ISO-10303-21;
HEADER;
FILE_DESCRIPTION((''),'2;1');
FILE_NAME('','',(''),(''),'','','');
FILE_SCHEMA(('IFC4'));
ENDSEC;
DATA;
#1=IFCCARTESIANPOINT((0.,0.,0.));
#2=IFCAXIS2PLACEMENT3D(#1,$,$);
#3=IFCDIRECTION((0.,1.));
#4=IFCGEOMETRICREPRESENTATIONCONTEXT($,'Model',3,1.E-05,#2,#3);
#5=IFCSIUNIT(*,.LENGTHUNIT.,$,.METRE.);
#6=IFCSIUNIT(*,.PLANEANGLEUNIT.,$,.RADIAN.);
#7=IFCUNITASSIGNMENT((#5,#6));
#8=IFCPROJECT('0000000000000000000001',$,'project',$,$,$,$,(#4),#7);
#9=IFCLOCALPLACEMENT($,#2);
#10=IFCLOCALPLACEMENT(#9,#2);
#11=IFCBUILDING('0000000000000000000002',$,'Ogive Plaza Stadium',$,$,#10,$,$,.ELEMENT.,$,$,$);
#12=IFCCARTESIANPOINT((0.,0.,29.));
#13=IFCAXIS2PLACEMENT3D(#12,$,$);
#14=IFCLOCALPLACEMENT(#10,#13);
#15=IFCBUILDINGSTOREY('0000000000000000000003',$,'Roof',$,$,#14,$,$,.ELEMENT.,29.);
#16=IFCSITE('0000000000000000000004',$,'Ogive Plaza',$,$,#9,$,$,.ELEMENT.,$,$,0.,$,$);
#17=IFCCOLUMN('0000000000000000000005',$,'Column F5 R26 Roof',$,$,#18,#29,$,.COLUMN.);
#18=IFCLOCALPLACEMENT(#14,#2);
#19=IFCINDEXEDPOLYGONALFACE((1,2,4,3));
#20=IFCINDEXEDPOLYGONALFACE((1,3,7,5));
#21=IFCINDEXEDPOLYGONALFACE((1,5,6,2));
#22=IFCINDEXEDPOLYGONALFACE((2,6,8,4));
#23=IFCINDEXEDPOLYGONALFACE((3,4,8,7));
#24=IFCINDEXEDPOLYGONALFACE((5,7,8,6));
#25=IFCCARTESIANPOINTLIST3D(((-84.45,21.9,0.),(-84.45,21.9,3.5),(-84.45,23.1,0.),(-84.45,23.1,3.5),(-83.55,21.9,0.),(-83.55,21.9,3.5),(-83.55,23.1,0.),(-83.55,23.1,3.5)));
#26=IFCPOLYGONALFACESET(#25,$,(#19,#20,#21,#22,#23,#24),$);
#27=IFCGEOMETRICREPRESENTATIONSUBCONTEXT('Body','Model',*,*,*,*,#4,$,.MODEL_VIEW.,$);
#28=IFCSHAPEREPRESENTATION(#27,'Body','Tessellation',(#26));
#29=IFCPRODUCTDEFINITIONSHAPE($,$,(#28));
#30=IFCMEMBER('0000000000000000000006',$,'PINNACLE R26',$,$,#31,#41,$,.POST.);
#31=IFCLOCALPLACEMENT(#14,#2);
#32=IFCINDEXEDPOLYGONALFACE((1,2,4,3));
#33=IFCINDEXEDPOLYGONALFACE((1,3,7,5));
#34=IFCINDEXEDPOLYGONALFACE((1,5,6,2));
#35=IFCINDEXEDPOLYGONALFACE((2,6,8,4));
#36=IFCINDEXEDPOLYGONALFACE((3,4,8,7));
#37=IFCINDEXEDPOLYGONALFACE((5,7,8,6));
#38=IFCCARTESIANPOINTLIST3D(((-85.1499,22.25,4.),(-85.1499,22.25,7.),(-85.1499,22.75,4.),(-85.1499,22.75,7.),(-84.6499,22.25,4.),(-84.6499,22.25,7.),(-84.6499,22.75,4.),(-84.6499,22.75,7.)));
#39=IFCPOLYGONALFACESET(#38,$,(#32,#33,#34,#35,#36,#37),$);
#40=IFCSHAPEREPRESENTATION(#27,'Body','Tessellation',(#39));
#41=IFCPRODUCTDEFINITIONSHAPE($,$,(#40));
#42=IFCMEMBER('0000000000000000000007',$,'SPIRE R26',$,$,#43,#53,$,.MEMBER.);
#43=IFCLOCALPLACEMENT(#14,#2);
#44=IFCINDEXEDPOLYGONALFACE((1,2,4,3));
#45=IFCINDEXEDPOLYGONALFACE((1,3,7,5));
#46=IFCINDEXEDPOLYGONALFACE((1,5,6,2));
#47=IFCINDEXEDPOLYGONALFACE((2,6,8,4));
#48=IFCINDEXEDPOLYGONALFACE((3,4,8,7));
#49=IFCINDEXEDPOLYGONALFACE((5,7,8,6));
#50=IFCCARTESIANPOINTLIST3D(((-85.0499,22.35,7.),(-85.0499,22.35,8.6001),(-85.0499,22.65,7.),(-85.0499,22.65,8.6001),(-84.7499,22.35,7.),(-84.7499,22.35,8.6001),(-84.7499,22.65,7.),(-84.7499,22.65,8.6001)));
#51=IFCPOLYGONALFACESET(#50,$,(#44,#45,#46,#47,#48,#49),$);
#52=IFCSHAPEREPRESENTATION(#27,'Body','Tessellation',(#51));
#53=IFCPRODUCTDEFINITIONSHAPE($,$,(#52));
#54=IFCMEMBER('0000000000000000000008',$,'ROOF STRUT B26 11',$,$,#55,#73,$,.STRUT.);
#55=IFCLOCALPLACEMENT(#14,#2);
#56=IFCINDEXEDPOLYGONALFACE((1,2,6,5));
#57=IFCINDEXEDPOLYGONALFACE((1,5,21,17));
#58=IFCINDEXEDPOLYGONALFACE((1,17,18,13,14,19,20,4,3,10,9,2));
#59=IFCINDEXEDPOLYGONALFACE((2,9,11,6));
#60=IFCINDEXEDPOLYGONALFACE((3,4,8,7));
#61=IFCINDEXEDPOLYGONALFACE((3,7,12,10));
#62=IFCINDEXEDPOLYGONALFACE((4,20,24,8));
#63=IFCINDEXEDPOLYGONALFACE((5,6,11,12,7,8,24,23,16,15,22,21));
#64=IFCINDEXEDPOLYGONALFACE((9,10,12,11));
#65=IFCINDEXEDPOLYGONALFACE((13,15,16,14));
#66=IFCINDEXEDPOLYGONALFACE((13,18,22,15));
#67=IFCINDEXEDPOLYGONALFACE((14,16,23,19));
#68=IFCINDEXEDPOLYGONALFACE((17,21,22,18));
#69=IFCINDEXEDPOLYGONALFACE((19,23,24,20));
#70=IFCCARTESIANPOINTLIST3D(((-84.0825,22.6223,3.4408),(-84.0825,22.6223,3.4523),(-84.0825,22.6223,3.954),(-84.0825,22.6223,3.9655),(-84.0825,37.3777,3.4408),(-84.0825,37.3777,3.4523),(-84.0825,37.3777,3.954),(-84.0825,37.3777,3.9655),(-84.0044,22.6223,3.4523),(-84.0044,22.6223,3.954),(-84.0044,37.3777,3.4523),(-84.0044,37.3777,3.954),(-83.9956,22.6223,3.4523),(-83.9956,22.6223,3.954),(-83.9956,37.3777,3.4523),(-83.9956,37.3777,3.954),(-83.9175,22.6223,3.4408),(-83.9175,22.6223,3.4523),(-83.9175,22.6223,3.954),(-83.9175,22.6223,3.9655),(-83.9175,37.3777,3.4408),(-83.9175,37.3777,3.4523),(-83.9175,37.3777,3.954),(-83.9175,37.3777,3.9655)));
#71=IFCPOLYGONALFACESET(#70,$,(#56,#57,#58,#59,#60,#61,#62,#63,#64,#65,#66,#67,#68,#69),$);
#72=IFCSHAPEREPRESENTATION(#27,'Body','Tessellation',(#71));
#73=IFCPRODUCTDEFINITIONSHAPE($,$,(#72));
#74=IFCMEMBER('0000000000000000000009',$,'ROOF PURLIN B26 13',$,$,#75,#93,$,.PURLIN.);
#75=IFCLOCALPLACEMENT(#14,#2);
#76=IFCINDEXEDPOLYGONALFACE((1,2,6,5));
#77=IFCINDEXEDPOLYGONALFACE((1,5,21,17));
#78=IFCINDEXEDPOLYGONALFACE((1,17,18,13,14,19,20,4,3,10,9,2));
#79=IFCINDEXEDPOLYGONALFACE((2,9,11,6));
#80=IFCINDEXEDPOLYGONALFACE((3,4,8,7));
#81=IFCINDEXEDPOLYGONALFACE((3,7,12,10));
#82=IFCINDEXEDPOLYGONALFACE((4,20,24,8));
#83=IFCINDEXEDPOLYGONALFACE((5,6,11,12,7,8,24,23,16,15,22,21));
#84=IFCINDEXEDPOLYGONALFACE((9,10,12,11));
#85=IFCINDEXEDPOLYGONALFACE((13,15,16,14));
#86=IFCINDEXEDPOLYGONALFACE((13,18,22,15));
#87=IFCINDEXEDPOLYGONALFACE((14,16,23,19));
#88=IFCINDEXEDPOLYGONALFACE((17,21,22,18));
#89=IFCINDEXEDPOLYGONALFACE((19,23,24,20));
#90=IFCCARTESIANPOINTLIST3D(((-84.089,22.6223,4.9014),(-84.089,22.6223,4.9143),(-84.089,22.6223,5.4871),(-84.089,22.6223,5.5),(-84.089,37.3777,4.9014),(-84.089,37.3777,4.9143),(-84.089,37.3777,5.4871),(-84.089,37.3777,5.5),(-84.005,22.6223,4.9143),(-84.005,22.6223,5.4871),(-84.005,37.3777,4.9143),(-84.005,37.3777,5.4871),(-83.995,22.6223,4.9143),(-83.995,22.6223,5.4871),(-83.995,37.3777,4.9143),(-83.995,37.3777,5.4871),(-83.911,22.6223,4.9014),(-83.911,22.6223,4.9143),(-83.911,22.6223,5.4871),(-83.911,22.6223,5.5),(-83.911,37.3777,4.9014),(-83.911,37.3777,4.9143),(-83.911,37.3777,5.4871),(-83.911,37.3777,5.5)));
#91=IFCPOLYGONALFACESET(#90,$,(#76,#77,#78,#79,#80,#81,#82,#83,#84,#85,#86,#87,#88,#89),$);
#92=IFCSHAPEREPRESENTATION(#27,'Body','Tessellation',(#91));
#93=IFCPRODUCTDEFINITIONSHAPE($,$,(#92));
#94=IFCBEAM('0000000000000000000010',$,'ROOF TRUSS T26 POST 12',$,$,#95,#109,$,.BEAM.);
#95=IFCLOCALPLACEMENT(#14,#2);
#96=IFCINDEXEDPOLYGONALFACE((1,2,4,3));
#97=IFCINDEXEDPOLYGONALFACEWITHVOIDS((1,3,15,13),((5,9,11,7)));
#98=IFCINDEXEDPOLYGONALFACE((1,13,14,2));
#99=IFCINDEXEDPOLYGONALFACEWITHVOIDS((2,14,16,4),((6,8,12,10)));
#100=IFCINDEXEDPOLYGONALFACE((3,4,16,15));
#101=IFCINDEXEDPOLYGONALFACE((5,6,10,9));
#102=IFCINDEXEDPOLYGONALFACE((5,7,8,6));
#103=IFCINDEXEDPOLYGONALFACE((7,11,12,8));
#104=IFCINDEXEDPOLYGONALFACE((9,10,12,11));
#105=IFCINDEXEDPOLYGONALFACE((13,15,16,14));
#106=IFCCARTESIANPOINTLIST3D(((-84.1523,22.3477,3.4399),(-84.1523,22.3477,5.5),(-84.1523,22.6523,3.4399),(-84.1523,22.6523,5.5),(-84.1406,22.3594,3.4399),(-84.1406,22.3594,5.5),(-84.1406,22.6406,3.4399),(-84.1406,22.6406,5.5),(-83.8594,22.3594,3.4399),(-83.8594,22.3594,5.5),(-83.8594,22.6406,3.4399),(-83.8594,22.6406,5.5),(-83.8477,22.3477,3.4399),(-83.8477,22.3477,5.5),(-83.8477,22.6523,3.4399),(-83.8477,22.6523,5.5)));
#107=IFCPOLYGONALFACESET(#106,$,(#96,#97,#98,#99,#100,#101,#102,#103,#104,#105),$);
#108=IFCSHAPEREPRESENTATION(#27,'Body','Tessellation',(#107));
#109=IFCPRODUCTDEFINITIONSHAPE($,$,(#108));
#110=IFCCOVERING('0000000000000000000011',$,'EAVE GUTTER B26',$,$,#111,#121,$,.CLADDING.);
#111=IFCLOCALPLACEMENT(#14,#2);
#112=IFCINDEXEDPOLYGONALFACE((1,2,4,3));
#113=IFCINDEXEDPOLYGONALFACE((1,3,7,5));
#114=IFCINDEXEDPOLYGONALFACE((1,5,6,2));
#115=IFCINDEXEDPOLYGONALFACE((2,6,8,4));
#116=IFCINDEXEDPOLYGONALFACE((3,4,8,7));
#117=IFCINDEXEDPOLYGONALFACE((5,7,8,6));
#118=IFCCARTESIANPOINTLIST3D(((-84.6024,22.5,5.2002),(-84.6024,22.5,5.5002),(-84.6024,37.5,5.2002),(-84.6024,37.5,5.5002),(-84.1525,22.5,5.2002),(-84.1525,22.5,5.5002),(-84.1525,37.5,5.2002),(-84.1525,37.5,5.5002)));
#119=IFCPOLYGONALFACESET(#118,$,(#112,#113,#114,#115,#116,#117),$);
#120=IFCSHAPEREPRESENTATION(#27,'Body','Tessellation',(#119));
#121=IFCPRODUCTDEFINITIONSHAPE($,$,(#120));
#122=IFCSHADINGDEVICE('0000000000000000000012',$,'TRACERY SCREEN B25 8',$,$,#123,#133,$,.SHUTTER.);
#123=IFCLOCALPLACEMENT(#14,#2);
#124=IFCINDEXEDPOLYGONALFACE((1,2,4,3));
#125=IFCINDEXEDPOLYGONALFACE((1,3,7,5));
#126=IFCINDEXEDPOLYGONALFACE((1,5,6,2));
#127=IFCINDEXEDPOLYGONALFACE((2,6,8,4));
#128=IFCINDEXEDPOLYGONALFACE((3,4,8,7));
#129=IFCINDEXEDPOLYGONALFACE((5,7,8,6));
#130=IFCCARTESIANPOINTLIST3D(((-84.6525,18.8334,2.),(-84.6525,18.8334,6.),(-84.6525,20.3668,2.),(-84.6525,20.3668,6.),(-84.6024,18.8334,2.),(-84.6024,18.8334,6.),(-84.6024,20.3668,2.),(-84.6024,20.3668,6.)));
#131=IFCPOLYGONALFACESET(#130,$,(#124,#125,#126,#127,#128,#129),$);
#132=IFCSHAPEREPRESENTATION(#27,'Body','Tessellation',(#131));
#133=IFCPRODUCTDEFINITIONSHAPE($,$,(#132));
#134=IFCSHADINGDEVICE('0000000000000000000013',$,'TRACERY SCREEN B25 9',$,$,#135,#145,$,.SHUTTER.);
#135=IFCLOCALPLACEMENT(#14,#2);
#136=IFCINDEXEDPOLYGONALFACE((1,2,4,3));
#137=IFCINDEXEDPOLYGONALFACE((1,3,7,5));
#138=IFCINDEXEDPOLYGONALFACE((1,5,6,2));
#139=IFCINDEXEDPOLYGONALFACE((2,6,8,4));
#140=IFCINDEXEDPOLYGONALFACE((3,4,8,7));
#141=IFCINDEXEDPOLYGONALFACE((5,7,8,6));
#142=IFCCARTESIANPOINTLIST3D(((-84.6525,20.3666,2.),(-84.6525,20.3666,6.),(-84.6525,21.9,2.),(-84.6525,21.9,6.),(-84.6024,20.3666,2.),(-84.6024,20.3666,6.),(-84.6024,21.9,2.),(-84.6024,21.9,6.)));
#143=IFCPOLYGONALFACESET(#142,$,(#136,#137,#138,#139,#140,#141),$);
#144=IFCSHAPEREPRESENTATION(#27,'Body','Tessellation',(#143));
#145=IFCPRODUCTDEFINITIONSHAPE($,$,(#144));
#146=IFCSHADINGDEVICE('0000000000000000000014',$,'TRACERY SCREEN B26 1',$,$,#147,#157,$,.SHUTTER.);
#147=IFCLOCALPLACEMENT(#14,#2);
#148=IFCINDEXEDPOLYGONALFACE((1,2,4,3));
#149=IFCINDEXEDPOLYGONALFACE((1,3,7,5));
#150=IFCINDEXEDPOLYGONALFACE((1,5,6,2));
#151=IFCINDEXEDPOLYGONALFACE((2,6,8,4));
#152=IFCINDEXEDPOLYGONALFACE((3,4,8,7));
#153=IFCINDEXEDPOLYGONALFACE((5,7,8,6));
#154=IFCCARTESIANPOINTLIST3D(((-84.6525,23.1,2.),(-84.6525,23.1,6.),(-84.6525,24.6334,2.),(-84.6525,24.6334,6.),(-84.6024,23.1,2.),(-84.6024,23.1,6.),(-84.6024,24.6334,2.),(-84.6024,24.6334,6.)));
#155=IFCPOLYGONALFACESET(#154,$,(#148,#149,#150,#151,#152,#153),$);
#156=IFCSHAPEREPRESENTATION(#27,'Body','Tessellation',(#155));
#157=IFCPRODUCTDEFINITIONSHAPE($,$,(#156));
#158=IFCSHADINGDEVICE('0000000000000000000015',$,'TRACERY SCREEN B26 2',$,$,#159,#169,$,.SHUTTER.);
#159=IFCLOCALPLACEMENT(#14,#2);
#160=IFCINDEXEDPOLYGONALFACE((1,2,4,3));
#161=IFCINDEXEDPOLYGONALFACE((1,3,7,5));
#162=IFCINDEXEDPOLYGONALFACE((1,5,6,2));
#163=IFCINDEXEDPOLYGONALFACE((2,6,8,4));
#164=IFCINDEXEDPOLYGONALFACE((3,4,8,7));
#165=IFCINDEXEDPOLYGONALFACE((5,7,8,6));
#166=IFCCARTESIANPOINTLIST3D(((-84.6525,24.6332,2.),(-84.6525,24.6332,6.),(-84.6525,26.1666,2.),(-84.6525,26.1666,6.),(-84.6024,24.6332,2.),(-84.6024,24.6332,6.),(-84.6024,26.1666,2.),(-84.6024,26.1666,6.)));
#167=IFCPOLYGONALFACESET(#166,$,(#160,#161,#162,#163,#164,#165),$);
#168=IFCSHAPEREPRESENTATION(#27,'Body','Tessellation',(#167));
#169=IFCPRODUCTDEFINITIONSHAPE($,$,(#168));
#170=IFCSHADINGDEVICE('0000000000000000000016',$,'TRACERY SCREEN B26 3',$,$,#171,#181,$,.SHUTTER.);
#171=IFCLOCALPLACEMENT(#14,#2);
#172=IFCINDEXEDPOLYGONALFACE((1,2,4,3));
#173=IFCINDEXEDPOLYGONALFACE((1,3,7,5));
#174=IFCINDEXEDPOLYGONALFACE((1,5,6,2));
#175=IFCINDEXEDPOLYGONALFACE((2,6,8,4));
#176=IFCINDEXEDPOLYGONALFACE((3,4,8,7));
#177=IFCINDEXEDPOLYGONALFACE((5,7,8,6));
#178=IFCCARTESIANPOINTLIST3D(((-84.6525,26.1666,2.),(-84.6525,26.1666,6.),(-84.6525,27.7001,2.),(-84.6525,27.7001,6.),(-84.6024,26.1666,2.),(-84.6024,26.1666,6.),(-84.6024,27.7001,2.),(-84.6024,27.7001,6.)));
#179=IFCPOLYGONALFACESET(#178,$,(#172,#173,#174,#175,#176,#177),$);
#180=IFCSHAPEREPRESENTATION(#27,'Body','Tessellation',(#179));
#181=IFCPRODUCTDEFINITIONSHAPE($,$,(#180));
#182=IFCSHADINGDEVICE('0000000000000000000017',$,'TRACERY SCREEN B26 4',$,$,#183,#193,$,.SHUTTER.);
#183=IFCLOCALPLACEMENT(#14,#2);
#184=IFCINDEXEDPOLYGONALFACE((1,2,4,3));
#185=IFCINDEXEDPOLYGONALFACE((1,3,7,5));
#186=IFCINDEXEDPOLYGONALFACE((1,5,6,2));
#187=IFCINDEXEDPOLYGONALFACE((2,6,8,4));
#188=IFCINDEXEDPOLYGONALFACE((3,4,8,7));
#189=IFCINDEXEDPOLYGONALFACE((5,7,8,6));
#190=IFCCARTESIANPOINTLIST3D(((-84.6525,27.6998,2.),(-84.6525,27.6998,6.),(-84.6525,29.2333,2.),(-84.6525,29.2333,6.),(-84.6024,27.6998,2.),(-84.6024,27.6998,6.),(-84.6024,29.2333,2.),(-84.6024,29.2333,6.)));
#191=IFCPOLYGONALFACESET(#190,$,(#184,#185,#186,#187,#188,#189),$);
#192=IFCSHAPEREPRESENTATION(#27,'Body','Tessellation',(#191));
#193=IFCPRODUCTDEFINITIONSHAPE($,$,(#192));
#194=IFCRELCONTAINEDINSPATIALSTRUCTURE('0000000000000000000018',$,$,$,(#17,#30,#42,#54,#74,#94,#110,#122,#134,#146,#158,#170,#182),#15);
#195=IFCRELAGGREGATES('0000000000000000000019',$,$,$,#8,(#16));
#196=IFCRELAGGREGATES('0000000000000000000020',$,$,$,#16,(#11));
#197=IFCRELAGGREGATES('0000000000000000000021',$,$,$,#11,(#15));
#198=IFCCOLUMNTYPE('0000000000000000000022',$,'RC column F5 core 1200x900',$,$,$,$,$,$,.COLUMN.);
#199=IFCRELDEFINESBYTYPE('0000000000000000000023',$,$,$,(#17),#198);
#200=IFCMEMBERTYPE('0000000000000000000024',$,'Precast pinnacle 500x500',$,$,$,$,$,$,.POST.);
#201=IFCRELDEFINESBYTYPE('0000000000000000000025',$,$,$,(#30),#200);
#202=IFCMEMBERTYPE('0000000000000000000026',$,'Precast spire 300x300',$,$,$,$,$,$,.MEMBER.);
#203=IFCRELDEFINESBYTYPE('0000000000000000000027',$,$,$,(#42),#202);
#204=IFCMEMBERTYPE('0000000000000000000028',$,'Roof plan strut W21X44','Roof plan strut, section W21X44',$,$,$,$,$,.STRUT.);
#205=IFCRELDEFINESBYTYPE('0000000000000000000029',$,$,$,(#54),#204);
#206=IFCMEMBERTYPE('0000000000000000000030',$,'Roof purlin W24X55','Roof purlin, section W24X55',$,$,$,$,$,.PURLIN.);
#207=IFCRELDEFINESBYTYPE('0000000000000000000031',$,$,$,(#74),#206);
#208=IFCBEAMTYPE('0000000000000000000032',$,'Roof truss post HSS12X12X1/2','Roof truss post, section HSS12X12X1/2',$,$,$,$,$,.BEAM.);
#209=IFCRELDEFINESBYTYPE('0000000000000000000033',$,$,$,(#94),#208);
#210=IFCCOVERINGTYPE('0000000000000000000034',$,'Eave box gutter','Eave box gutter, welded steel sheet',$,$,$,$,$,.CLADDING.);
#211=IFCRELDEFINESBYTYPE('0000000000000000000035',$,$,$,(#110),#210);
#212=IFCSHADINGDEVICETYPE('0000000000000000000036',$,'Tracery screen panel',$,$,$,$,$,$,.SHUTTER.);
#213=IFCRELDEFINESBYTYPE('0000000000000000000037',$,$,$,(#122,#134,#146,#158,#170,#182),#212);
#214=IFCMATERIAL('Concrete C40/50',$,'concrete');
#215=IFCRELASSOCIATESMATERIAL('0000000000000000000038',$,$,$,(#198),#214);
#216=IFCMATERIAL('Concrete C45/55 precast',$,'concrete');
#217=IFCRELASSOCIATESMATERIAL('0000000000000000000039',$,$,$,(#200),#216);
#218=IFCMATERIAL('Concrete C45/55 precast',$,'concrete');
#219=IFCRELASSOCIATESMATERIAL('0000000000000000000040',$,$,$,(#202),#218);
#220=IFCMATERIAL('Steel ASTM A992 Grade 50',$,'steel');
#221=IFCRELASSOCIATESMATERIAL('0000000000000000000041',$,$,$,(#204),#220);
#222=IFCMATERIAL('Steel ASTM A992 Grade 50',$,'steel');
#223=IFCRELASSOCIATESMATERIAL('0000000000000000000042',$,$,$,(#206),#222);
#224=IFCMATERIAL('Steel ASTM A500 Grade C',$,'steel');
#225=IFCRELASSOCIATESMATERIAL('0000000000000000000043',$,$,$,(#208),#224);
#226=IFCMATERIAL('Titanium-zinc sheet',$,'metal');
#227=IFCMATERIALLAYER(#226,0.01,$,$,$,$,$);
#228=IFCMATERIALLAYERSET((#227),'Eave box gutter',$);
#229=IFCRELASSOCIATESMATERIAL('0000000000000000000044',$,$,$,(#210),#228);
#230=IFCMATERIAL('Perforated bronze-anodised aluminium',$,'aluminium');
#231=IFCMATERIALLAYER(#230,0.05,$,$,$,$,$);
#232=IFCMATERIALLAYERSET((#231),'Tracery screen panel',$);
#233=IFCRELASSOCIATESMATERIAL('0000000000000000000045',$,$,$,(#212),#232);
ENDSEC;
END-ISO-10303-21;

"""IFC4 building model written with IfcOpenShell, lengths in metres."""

from ifc_helpers import new_model, si_unit, direction, frame, origin, origin_2d, place, context, subcontext, project, spatial, rectangle, hollow_rectangle, i_section, extrude, material, layer, layer_set, material_profile, profile_set, type_object, element, save


model = new_model("IFC4")

# Units and contexts
model_context = context("Model", 3, precision=1e-05, world=origin(), true_north=direction((0.0, 1.0)))
body_context = subcontext(model_context, "Body", "Model", "MODEL_VIEW")
ifc_project = project(units=[si_unit("LENGTHUNIT", "METRE"), si_unit("PLANEANGLEUNIT", "RADIAN")], contexts=[model_context])

# Site, building, storey
site_placement = place(None, origin())
site = spatial("IfcSite", under=ifc_project, at=site_placement, Name="Ogive Plaza", CompositionType="ELEMENT", RefElevation=0.0)
building_placement = place(site_placement, origin())
building = spatial("IfcBuilding", under=site, at=building_placement, Name="Ogive Plaza Stadium", CompositionType="ELEMENT")
storey_placement = place(building_placement, frame((0.0, 0.0, 29.0)))
storey = spatial("IfcBuildingStorey", under=building, at=storey_placement, Name="Roof", CompositionType="ELEMENT", Elevation=29.0)

# Column
ifc_material_1 = material(Name="Concrete C40/50", Category="concrete")
ifc_material_profile_1 = material_profile(ifc_material_1, rectangle(XDim=1.2, YDim=0.8999, at=origin_2d()), Name="RC 1200x900")
ifc_profile_set_1 = profile_set([ifc_material_profile_1], Name="Concrete C40/50")
column_type = type_object("IfcColumnType", Name="RC column F5 core 1200x900", PredefinedType="COLUMN", material=ifc_profile_set_1)
column_placement = place(storey_placement, frame((-84.0, 22.5, 0.0), z_axis=(0.0, 0.0, 1.0), x_axis=(0.0, -1.0, 0.0)))
element("IfcColumn", 1, at=column_placement, inside=storey, type_object=column_type, Name="Column F5 R26 Roof", PredefinedType="COLUMN", context=body_context, shape_type="SweptSolid", body=[
    extrude(rectangle(XDim=1.2, YDim=0.8999, at=origin_2d()), origin(), (0.0, 0.0, 1.0), 3.5),
])

# Members
ifc_material_2 = material(Name="Concrete C45/55 precast", Category="concrete")
ifc_material_profile_2 = material_profile(ifc_material_2, rectangle(XDim=0.5, YDim=0.5, at=origin_2d()), Name="RC 500x500")
ifc_profile_set_2 = profile_set([ifc_material_profile_2], Name="Concrete C45/55 precast")
member_type_1 = type_object("IfcMemberType", Name="Precast pinnacle 500x500", PredefinedType="POST", material=ifc_profile_set_2)
member_1_placement = place(storey_placement, frame((-84.8999, 22.5, 4.0), z_axis=(0.0, 0.0, 1.0), x_axis=(0.0, -1.0, 0.0)))
element("IfcMember", 2, at=member_1_placement, inside=storey, type_object=member_type_1, Name="PINNACLE R26", PredefinedType="POST", context=body_context, shape_type="SweptSolid", body=[
    extrude(rectangle(XDim=0.5, YDim=0.5, at=origin_2d()), origin(), (0.0, 0.0, 1.0), 3.0),
])
ifc_material_3 = material(Name="Concrete C45/55 precast", Category="concrete")
ifc_material_profile_3 = material_profile(ifc_material_3, rectangle(XDim=0.3, YDim=0.3, at=origin_2d()), Name="RC 300x300")
ifc_profile_set_3 = profile_set([ifc_material_profile_3], Name="Concrete C45/55 precast")
member_type_2 = type_object("IfcMemberType", Name="Precast spire 300x300", PredefinedType="MEMBER", material=ifc_profile_set_3)
member_2_placement = place(storey_placement, frame((-84.8999, 22.5, 7.0), z_axis=(0.0, 0.0, 1.0), x_axis=(0.0, -1.0, 0.0)))
element("IfcMember", 3, at=member_2_placement, inside=storey, type_object=member_type_2, Name="SPIRE R26", PredefinedType="MEMBER", context=body_context, shape_type="SweptSolid", body=[
    extrude(rectangle(XDim=0.3, YDim=0.3, at=origin_2d()), origin(), (0.0, 0.0, 1.0), 1.6001),
])
ifc_material_4 = material(Name="Steel ASTM A992 Grade 50", Category="steel")
ifc_material_profile_4 = material_profile(ifc_material_4, i_section(OverallWidth=0.165, OverallDepth=0.5247, WebThickness=0.0088, FlangeThickness=0.0115, at=origin_2d()), Name="W21X44")
ifc_profile_set_4 = profile_set([ifc_material_profile_4], Name="Steel ASTM A992 Grade 50")
member_type_3 = type_object("IfcMemberType", Name="Roof plan strut W21X44", Description="Roof plan strut, section W21X44", PredefinedType="STRUT", material=ifc_profile_set_4)
member_3_placement = place(storey_placement, frame((-84.0, 22.6223, 3.7031), z_axis=(0.0, 1.0, 0.0), x_axis=(-1.0, 0.0, 0.0)))
element("IfcMember", 4, at=member_3_placement, inside=storey, type_object=member_type_3, Name="ROOF STRUT B26 11", PredefinedType="STRUT", context=body_context, shape_type="SweptSolid", body=[
    extrude(i_section(OverallWidth=0.165, OverallDepth=0.5247, WebThickness=0.0088, FlangeThickness=0.0115, at=origin_2d()), origin(), (0.0, 0.0, 1.0), 14.7554),
])
ifc_material_5 = material(Name="Steel ASTM A992 Grade 50", Category="steel")
ifc_material_profile_5 = material_profile(ifc_material_5, i_section(OverallWidth=0.178, OverallDepth=0.5986, WebThickness=0.01, FlangeThickness=0.0129, at=origin_2d()), Name="W24X55")
ifc_profile_set_5 = profile_set([ifc_material_profile_5], Name="Steel ASTM A992 Grade 50")
member_type_4 = type_object("IfcMemberType", Name="Roof purlin W24X55", Description="Roof purlin, section W24X55", PredefinedType="PURLIN", material=ifc_profile_set_5)
member_4_placement = place(storey_placement, frame((-84.0, 22.6223, 5.2007), z_axis=(0.0, 1.0, 0.0), x_axis=(-1.0, 0.0, 0.0)))
element("IfcMember", 5, at=member_4_placement, inside=storey, type_object=member_type_4, Name="ROOF PURLIN B26 13", PredefinedType="PURLIN", context=body_context, shape_type="SweptSolid", body=[
    extrude(i_section(OverallWidth=0.178, OverallDepth=0.5986, WebThickness=0.01, FlangeThickness=0.0129, at=origin_2d()), origin(), (0.0, 0.0, 1.0), 14.7554),
])

# Beam
ifc_material_6 = material(Name="Steel ASTM A500 Grade C", Category="steel")
ifc_material_profile_6 = material_profile(ifc_material_6, hollow_rectangle(XDim=0.3047, YDim=0.3047, WallThickness=0.0117, at=origin_2d()), Name="HSS12X12X1/2")
ifc_profile_set_6 = profile_set([ifc_material_profile_6], Name="Steel ASTM A500 Grade C")
beam_type = type_object("IfcBeamType", Name="Roof truss post HSS12X12X1/2", Description="Roof truss post, section HSS12X12X1/2", PredefinedType="BEAM", material=ifc_profile_set_6)
beam_placement = place(storey_placement, frame((-84.0, 22.5, 3.4399), z_axis=(0.0, 0.0, 1.0), x_axis=(0.0, -1.0, 0.0)))
element("IfcBeam", 6, at=beam_placement, inside=storey, type_object=beam_type, Name="ROOF TRUSS T26 POST 12", PredefinedType="BEAM", context=body_context, shape_type="SweptSolid", body=[
    extrude(hollow_rectangle(XDim=0.3047, YDim=0.3047, WallThickness=0.0117, at=origin_2d()), origin(), (0.0, 0.0, 1.0), 2.0601),
])

# Covering
ifc_material_7 = material(Name="Titanium-zinc sheet", Category="metal")
ifc_layer_1 = layer(ifc_material_7, 0.01)
ifc_layer_set_1 = layer_set([ifc_layer_1], Name="Eave box gutter")
covering_type = type_object("IfcCoveringType", Name="Eave box gutter", Description="Eave box gutter, welded steel sheet", PredefinedType="CLADDING", material=ifc_layer_set_1)
covering_placement = place(storey_placement, frame((-84.3774, 30.0, 5.2002), z_axis=(0.0, 0.0, 1.0), x_axis=(0.0, 1.0, 0.0)))
element("IfcCovering", 7, at=covering_placement, inside=storey, type_object=covering_type, Name="EAVE GUTTER B26", PredefinedType="CLADDING", context=body_context, shape_type="SweptSolid", body=[
    extrude(rectangle(XDim=15.0, YDim=0.45, at=origin_2d()), origin(), (0.0, 0.0, 1.0), 0.3),
])

# Shading devices
ifc_material_8 = material(Name="Perforated bronze-anodised aluminium", Category="aluminium")
ifc_layer_2 = layer(ifc_material_8, 0.05)
ifc_layer_set_2 = layer_set([ifc_layer_2], Name="Tracery screen panel")
shading_device_type = type_object("IfcShadingDeviceType", Name="Tracery screen panel", PredefinedType="SHUTTER", material=ifc_layer_set_2)
for number, where, z_axis, x_axis, name in (
    (8, (-84.6274, 19.6001, 2.0), (0.0, 0.0, 1.0), (0.0, 1.0, 0.0), "TRACERY SCREEN B25 8"),
    (9, (-84.6274, 21.1333, 2.0), (0.0, 0.0, 1.0), (0.0, 1.0, 0.0), "TRACERY SCREEN B25 9"),
    (10, (-84.6274, 23.8667, 2.0), (0.0, 0.0, 1.0), (0.0, 1.0, 0.0), "TRACERY SCREEN B26 1"),
    (11, (-84.6274, 25.3999, 2.0), (0.0, 0.0, 1.0), (0.0, 1.0, 0.0), "TRACERY SCREEN B26 2"),
    (12, (-84.6274, 26.9333, 2.0), (0.0, 0.0, 1.0), (0.0, 1.0, 0.0), "TRACERY SCREEN B26 3"),
    (13, (-84.6274, 28.4666, 2.0), (0.0, 0.0, 1.0), (0.0, 1.0, 0.0), "TRACERY SCREEN B26 4"),
):
    element("IfcShadingDevice", number, at=place(storey_placement, frame(where, z_axis=z_axis, x_axis=x_axis)), inside=storey, type_object=shading_device_type, Name=name, PredefinedType="SHUTTER", context=body_context, shape_type="SweptSolid", body=[
        extrude(rectangle(XDim=1.5334, YDim=0.05, at=origin_2d()), origin(), (0.0, 0.0, 1.0), 4.0),
    ])

save(model, "model.ifc")
